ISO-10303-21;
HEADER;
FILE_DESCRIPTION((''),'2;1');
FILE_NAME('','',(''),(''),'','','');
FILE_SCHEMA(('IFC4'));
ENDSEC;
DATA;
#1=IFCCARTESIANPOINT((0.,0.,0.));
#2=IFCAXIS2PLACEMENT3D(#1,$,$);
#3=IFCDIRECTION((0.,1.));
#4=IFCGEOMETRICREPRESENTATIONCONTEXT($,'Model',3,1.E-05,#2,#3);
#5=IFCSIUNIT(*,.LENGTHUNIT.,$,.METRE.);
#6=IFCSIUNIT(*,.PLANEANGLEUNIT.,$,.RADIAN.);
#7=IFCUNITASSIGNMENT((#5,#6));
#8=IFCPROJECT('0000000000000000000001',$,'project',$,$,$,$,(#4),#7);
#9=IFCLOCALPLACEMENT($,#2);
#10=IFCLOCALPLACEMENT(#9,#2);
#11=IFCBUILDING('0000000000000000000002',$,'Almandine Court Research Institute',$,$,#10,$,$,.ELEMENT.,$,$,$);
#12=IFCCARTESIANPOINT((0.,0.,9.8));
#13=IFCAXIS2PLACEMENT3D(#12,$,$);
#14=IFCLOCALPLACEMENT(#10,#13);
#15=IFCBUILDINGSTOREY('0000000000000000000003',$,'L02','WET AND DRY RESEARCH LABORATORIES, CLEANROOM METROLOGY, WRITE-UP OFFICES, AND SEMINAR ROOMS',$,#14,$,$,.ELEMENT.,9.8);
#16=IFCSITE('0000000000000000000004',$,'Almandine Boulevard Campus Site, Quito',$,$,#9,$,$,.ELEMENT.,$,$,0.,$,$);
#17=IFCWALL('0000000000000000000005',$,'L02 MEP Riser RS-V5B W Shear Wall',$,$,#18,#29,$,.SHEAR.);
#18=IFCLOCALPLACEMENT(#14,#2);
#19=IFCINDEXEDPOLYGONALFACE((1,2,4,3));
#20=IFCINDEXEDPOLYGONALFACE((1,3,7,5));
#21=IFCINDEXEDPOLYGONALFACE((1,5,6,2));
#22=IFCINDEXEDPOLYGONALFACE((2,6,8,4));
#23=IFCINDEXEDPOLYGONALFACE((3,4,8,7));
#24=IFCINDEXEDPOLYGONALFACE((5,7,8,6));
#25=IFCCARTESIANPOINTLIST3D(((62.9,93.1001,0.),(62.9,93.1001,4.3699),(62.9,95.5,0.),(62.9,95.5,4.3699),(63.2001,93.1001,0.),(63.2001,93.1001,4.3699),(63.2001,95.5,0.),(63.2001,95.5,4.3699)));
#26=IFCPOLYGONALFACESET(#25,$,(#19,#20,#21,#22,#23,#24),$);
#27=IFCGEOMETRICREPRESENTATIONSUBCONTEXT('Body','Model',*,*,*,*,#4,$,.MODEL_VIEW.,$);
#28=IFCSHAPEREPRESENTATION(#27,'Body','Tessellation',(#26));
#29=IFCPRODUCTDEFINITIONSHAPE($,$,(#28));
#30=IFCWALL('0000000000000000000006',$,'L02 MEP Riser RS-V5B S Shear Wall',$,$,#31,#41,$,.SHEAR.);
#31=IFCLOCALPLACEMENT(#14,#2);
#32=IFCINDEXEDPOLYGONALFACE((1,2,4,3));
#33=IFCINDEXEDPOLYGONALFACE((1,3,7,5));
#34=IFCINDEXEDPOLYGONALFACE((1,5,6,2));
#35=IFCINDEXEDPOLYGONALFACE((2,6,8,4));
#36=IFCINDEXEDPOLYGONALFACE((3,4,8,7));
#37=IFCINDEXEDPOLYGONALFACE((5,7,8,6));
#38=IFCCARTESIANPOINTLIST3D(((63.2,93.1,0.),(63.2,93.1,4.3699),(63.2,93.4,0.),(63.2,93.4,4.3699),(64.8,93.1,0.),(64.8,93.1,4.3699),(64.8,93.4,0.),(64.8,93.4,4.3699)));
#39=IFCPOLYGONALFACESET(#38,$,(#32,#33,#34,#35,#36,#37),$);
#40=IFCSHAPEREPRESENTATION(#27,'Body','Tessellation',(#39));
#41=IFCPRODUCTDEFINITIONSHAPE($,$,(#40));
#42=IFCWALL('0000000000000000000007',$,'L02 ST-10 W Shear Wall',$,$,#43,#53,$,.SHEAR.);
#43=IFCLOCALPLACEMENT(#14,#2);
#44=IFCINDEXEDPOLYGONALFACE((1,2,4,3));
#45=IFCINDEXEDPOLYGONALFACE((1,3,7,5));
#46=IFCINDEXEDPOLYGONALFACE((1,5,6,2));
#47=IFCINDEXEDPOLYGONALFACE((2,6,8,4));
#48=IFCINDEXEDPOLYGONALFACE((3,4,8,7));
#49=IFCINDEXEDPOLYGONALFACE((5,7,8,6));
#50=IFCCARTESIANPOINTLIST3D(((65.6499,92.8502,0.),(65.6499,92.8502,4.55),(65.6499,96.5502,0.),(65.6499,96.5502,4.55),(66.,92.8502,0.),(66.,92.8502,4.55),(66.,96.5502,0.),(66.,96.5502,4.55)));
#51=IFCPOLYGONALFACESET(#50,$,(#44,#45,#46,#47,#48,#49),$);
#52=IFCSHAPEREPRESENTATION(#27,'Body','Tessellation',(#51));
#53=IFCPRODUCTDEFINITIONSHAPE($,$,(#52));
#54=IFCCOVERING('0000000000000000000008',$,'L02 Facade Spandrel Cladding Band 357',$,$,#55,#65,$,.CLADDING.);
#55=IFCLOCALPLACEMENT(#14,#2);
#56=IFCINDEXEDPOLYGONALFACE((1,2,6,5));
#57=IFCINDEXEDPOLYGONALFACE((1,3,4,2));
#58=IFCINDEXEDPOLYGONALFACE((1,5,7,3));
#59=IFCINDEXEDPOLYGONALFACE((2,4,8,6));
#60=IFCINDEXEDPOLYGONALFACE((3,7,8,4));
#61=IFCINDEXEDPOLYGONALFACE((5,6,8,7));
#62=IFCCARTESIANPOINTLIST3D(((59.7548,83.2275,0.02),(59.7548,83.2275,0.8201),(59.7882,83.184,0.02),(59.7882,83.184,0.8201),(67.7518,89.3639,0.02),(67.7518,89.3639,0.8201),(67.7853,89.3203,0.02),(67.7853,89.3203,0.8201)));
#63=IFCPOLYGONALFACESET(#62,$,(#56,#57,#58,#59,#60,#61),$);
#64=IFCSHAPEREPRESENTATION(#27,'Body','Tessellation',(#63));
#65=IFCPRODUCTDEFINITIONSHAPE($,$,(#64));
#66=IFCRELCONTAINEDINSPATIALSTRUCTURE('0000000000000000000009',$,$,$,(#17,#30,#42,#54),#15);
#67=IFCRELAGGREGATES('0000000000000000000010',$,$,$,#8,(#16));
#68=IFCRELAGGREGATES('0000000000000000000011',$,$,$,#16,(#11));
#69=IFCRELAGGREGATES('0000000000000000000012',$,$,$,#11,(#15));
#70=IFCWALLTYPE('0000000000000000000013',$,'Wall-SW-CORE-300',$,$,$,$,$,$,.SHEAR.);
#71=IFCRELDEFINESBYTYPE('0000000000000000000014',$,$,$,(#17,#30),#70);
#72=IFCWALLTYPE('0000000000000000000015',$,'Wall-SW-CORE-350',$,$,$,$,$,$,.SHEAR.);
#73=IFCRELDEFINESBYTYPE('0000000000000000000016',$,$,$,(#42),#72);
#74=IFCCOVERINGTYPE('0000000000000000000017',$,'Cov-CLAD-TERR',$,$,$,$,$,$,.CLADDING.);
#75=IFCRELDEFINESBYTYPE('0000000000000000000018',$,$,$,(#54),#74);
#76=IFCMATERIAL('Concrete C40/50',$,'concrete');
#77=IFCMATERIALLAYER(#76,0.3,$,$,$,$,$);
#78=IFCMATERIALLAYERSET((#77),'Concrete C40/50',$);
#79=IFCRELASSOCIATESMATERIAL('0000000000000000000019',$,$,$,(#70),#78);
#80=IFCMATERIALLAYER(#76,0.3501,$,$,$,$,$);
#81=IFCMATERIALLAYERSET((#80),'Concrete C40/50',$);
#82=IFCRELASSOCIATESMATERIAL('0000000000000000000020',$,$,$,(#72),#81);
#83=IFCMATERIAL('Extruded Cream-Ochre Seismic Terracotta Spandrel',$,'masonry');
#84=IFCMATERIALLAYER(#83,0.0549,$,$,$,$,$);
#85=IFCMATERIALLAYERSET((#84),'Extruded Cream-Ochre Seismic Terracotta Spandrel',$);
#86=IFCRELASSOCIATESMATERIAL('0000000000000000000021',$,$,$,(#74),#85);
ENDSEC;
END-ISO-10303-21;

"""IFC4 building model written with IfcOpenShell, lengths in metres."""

from ifc_helpers import new_model, si_unit, direction, frame, frame_2d, origin, origin_2d, place, context, subcontext, project, spatial, rectangle, extrude, material, layer, layer_set, type_object, element, save


model = new_model("IFC4")

# Units and contexts
model_context = context("Model", 3, precision=1e-05, world=origin(), true_north=direction((0.0, 1.0)))
body_context = subcontext(model_context, "Body", "Model", "MODEL_VIEW")
ifc_project = project(units=[si_unit("LENGTHUNIT", "METRE"), si_unit("PLANEANGLEUNIT", "RADIAN")], contexts=[model_context])

# Site, building, storey
site_placement = place(None, origin())
site = spatial("IfcSite", under=ifc_project, at=site_placement, Name="Almandine Boulevard Campus Site, Quito", CompositionType="ELEMENT", RefElevation=0.0)
building_placement = place(site_placement, origin())
building = spatial("IfcBuilding", under=site, at=building_placement, Name="Almandine Court Research Institute", CompositionType="ELEMENT")
storey_placement = place(building_placement, frame((0.0, 0.0, 9.8)))
storey = spatial("IfcBuildingStorey", under=building, at=storey_placement, Name="L02", Description="WET AND DRY RESEARCH LABORATORIES, CLEANROOM METROLOGY, WRITE-UP OFFICES, AND SEMINAR ROOMS", CompositionType="ELEMENT", Elevation=9.8)

# Walls
ifc_material_1 = material(Name="Concrete C40/50", Category="concrete")
ifc_layer_1 = layer(ifc_material_1, 0.3)
ifc_layer_set_1 = layer_set([ifc_layer_1], Name="Concrete C40/50")
wall_type_1 = type_object("IfcWallType", Name="Wall-SW-CORE-300", PredefinedType="SHEAR", material=ifc_layer_set_1)
wall_1_placement = place(storey_placement, frame((63.05, 93.1001, 0.0), z_axis=(0.0, 0.0, 1.0), x_axis=(0.0, 1.0, 0.0)))
element("IfcWall", 1, at=wall_1_placement, inside=storey, type_object=wall_type_1, Name="L02 MEP Riser RS-V5B W Shear Wall", PredefinedType="SHEAR", context=body_context, shape_type="SweptSolid", body=[
    extrude(rectangle(XDim=2.3999, YDim=0.3, at=frame_2d((1.2, 0.0))), origin(), (0.0, 0.0, 1.0), 4.3699),
])
wall_2_placement = place(storey_placement, frame((64.8, 93.25, 0.0), z_axis=(0.0, 0.0, 1.0), x_axis=(-1.0, 0.0, 0.0)))
element("IfcWall", 2, at=wall_2_placement, inside=storey, type_object=wall_type_1, Name="L02 MEP Riser RS-V5B S Shear Wall", PredefinedType="SHEAR", context=body_context, shape_type="SweptSolid", body=[
    extrude(rectangle(XDim=1.6001, YDim=0.3, at=frame_2d((0.8, 0.0))), origin(), (0.0, 0.0, 1.0), 4.3699),
])
ifc_layer_2 = layer(ifc_material_1, 0.3501)
ifc_layer_set_2 = layer_set([ifc_layer_2], Name="Concrete C40/50")
wall_type_2 = type_object("IfcWallType", Name="Wall-SW-CORE-350", PredefinedType="SHEAR", material=ifc_layer_set_2)
wall_3_placement = place(storey_placement, frame((65.825, 92.8501, 0.0), z_axis=(0.0, 0.0, 1.0), x_axis=(0.0, 1.0, 0.0)))
element("IfcWall", 3, at=wall_3_placement, inside=storey, type_object=wall_type_2, Name="L02 ST-10 W Shear Wall", PredefinedType="SHEAR", context=body_context, shape_type="SweptSolid", body=[
    extrude(rectangle(XDim=3.7, YDim=0.3501, at=frame_2d((1.8501, 0.0))), origin(), (0.0, 0.0, 1.0), 4.55),
])

# Covering
ifc_material_2 = material(Name="Extruded Cream-Ochre Seismic Terracotta Spandrel", Category="masonry")
ifc_layer_3 = layer(ifc_material_2, 0.0549)
ifc_layer_set_3 = layer_set([ifc_layer_3], Name="Extruded Cream-Ochre Seismic Terracotta Spandrel")
covering_type = type_object("IfcCoveringType", Name="Cov-CLAD-TERR", PredefinedType="CLADDING", material=ifc_layer_set_3)
covering_placement = place(storey_placement, frame((63.77, 86.2739, 0.02), z_axis=(0.0, 0.0, 1.0), x_axis=(-0.793353, -0.608761, 0.0)))
element("IfcCovering", 4, at=covering_placement, inside=storey, type_object=covering_type, Name="L02 Facade Spandrel Cladding Band 357", PredefinedType="CLADDING", context=body_context, shape_type="SweptSolid", body=[
    extrude(rectangle(XDim=10.0801, YDim=0.0549, at=origin_2d()), origin(), (0.0, 0.0, 1.0), 0.8),
])

save(model, "model.ifc")
